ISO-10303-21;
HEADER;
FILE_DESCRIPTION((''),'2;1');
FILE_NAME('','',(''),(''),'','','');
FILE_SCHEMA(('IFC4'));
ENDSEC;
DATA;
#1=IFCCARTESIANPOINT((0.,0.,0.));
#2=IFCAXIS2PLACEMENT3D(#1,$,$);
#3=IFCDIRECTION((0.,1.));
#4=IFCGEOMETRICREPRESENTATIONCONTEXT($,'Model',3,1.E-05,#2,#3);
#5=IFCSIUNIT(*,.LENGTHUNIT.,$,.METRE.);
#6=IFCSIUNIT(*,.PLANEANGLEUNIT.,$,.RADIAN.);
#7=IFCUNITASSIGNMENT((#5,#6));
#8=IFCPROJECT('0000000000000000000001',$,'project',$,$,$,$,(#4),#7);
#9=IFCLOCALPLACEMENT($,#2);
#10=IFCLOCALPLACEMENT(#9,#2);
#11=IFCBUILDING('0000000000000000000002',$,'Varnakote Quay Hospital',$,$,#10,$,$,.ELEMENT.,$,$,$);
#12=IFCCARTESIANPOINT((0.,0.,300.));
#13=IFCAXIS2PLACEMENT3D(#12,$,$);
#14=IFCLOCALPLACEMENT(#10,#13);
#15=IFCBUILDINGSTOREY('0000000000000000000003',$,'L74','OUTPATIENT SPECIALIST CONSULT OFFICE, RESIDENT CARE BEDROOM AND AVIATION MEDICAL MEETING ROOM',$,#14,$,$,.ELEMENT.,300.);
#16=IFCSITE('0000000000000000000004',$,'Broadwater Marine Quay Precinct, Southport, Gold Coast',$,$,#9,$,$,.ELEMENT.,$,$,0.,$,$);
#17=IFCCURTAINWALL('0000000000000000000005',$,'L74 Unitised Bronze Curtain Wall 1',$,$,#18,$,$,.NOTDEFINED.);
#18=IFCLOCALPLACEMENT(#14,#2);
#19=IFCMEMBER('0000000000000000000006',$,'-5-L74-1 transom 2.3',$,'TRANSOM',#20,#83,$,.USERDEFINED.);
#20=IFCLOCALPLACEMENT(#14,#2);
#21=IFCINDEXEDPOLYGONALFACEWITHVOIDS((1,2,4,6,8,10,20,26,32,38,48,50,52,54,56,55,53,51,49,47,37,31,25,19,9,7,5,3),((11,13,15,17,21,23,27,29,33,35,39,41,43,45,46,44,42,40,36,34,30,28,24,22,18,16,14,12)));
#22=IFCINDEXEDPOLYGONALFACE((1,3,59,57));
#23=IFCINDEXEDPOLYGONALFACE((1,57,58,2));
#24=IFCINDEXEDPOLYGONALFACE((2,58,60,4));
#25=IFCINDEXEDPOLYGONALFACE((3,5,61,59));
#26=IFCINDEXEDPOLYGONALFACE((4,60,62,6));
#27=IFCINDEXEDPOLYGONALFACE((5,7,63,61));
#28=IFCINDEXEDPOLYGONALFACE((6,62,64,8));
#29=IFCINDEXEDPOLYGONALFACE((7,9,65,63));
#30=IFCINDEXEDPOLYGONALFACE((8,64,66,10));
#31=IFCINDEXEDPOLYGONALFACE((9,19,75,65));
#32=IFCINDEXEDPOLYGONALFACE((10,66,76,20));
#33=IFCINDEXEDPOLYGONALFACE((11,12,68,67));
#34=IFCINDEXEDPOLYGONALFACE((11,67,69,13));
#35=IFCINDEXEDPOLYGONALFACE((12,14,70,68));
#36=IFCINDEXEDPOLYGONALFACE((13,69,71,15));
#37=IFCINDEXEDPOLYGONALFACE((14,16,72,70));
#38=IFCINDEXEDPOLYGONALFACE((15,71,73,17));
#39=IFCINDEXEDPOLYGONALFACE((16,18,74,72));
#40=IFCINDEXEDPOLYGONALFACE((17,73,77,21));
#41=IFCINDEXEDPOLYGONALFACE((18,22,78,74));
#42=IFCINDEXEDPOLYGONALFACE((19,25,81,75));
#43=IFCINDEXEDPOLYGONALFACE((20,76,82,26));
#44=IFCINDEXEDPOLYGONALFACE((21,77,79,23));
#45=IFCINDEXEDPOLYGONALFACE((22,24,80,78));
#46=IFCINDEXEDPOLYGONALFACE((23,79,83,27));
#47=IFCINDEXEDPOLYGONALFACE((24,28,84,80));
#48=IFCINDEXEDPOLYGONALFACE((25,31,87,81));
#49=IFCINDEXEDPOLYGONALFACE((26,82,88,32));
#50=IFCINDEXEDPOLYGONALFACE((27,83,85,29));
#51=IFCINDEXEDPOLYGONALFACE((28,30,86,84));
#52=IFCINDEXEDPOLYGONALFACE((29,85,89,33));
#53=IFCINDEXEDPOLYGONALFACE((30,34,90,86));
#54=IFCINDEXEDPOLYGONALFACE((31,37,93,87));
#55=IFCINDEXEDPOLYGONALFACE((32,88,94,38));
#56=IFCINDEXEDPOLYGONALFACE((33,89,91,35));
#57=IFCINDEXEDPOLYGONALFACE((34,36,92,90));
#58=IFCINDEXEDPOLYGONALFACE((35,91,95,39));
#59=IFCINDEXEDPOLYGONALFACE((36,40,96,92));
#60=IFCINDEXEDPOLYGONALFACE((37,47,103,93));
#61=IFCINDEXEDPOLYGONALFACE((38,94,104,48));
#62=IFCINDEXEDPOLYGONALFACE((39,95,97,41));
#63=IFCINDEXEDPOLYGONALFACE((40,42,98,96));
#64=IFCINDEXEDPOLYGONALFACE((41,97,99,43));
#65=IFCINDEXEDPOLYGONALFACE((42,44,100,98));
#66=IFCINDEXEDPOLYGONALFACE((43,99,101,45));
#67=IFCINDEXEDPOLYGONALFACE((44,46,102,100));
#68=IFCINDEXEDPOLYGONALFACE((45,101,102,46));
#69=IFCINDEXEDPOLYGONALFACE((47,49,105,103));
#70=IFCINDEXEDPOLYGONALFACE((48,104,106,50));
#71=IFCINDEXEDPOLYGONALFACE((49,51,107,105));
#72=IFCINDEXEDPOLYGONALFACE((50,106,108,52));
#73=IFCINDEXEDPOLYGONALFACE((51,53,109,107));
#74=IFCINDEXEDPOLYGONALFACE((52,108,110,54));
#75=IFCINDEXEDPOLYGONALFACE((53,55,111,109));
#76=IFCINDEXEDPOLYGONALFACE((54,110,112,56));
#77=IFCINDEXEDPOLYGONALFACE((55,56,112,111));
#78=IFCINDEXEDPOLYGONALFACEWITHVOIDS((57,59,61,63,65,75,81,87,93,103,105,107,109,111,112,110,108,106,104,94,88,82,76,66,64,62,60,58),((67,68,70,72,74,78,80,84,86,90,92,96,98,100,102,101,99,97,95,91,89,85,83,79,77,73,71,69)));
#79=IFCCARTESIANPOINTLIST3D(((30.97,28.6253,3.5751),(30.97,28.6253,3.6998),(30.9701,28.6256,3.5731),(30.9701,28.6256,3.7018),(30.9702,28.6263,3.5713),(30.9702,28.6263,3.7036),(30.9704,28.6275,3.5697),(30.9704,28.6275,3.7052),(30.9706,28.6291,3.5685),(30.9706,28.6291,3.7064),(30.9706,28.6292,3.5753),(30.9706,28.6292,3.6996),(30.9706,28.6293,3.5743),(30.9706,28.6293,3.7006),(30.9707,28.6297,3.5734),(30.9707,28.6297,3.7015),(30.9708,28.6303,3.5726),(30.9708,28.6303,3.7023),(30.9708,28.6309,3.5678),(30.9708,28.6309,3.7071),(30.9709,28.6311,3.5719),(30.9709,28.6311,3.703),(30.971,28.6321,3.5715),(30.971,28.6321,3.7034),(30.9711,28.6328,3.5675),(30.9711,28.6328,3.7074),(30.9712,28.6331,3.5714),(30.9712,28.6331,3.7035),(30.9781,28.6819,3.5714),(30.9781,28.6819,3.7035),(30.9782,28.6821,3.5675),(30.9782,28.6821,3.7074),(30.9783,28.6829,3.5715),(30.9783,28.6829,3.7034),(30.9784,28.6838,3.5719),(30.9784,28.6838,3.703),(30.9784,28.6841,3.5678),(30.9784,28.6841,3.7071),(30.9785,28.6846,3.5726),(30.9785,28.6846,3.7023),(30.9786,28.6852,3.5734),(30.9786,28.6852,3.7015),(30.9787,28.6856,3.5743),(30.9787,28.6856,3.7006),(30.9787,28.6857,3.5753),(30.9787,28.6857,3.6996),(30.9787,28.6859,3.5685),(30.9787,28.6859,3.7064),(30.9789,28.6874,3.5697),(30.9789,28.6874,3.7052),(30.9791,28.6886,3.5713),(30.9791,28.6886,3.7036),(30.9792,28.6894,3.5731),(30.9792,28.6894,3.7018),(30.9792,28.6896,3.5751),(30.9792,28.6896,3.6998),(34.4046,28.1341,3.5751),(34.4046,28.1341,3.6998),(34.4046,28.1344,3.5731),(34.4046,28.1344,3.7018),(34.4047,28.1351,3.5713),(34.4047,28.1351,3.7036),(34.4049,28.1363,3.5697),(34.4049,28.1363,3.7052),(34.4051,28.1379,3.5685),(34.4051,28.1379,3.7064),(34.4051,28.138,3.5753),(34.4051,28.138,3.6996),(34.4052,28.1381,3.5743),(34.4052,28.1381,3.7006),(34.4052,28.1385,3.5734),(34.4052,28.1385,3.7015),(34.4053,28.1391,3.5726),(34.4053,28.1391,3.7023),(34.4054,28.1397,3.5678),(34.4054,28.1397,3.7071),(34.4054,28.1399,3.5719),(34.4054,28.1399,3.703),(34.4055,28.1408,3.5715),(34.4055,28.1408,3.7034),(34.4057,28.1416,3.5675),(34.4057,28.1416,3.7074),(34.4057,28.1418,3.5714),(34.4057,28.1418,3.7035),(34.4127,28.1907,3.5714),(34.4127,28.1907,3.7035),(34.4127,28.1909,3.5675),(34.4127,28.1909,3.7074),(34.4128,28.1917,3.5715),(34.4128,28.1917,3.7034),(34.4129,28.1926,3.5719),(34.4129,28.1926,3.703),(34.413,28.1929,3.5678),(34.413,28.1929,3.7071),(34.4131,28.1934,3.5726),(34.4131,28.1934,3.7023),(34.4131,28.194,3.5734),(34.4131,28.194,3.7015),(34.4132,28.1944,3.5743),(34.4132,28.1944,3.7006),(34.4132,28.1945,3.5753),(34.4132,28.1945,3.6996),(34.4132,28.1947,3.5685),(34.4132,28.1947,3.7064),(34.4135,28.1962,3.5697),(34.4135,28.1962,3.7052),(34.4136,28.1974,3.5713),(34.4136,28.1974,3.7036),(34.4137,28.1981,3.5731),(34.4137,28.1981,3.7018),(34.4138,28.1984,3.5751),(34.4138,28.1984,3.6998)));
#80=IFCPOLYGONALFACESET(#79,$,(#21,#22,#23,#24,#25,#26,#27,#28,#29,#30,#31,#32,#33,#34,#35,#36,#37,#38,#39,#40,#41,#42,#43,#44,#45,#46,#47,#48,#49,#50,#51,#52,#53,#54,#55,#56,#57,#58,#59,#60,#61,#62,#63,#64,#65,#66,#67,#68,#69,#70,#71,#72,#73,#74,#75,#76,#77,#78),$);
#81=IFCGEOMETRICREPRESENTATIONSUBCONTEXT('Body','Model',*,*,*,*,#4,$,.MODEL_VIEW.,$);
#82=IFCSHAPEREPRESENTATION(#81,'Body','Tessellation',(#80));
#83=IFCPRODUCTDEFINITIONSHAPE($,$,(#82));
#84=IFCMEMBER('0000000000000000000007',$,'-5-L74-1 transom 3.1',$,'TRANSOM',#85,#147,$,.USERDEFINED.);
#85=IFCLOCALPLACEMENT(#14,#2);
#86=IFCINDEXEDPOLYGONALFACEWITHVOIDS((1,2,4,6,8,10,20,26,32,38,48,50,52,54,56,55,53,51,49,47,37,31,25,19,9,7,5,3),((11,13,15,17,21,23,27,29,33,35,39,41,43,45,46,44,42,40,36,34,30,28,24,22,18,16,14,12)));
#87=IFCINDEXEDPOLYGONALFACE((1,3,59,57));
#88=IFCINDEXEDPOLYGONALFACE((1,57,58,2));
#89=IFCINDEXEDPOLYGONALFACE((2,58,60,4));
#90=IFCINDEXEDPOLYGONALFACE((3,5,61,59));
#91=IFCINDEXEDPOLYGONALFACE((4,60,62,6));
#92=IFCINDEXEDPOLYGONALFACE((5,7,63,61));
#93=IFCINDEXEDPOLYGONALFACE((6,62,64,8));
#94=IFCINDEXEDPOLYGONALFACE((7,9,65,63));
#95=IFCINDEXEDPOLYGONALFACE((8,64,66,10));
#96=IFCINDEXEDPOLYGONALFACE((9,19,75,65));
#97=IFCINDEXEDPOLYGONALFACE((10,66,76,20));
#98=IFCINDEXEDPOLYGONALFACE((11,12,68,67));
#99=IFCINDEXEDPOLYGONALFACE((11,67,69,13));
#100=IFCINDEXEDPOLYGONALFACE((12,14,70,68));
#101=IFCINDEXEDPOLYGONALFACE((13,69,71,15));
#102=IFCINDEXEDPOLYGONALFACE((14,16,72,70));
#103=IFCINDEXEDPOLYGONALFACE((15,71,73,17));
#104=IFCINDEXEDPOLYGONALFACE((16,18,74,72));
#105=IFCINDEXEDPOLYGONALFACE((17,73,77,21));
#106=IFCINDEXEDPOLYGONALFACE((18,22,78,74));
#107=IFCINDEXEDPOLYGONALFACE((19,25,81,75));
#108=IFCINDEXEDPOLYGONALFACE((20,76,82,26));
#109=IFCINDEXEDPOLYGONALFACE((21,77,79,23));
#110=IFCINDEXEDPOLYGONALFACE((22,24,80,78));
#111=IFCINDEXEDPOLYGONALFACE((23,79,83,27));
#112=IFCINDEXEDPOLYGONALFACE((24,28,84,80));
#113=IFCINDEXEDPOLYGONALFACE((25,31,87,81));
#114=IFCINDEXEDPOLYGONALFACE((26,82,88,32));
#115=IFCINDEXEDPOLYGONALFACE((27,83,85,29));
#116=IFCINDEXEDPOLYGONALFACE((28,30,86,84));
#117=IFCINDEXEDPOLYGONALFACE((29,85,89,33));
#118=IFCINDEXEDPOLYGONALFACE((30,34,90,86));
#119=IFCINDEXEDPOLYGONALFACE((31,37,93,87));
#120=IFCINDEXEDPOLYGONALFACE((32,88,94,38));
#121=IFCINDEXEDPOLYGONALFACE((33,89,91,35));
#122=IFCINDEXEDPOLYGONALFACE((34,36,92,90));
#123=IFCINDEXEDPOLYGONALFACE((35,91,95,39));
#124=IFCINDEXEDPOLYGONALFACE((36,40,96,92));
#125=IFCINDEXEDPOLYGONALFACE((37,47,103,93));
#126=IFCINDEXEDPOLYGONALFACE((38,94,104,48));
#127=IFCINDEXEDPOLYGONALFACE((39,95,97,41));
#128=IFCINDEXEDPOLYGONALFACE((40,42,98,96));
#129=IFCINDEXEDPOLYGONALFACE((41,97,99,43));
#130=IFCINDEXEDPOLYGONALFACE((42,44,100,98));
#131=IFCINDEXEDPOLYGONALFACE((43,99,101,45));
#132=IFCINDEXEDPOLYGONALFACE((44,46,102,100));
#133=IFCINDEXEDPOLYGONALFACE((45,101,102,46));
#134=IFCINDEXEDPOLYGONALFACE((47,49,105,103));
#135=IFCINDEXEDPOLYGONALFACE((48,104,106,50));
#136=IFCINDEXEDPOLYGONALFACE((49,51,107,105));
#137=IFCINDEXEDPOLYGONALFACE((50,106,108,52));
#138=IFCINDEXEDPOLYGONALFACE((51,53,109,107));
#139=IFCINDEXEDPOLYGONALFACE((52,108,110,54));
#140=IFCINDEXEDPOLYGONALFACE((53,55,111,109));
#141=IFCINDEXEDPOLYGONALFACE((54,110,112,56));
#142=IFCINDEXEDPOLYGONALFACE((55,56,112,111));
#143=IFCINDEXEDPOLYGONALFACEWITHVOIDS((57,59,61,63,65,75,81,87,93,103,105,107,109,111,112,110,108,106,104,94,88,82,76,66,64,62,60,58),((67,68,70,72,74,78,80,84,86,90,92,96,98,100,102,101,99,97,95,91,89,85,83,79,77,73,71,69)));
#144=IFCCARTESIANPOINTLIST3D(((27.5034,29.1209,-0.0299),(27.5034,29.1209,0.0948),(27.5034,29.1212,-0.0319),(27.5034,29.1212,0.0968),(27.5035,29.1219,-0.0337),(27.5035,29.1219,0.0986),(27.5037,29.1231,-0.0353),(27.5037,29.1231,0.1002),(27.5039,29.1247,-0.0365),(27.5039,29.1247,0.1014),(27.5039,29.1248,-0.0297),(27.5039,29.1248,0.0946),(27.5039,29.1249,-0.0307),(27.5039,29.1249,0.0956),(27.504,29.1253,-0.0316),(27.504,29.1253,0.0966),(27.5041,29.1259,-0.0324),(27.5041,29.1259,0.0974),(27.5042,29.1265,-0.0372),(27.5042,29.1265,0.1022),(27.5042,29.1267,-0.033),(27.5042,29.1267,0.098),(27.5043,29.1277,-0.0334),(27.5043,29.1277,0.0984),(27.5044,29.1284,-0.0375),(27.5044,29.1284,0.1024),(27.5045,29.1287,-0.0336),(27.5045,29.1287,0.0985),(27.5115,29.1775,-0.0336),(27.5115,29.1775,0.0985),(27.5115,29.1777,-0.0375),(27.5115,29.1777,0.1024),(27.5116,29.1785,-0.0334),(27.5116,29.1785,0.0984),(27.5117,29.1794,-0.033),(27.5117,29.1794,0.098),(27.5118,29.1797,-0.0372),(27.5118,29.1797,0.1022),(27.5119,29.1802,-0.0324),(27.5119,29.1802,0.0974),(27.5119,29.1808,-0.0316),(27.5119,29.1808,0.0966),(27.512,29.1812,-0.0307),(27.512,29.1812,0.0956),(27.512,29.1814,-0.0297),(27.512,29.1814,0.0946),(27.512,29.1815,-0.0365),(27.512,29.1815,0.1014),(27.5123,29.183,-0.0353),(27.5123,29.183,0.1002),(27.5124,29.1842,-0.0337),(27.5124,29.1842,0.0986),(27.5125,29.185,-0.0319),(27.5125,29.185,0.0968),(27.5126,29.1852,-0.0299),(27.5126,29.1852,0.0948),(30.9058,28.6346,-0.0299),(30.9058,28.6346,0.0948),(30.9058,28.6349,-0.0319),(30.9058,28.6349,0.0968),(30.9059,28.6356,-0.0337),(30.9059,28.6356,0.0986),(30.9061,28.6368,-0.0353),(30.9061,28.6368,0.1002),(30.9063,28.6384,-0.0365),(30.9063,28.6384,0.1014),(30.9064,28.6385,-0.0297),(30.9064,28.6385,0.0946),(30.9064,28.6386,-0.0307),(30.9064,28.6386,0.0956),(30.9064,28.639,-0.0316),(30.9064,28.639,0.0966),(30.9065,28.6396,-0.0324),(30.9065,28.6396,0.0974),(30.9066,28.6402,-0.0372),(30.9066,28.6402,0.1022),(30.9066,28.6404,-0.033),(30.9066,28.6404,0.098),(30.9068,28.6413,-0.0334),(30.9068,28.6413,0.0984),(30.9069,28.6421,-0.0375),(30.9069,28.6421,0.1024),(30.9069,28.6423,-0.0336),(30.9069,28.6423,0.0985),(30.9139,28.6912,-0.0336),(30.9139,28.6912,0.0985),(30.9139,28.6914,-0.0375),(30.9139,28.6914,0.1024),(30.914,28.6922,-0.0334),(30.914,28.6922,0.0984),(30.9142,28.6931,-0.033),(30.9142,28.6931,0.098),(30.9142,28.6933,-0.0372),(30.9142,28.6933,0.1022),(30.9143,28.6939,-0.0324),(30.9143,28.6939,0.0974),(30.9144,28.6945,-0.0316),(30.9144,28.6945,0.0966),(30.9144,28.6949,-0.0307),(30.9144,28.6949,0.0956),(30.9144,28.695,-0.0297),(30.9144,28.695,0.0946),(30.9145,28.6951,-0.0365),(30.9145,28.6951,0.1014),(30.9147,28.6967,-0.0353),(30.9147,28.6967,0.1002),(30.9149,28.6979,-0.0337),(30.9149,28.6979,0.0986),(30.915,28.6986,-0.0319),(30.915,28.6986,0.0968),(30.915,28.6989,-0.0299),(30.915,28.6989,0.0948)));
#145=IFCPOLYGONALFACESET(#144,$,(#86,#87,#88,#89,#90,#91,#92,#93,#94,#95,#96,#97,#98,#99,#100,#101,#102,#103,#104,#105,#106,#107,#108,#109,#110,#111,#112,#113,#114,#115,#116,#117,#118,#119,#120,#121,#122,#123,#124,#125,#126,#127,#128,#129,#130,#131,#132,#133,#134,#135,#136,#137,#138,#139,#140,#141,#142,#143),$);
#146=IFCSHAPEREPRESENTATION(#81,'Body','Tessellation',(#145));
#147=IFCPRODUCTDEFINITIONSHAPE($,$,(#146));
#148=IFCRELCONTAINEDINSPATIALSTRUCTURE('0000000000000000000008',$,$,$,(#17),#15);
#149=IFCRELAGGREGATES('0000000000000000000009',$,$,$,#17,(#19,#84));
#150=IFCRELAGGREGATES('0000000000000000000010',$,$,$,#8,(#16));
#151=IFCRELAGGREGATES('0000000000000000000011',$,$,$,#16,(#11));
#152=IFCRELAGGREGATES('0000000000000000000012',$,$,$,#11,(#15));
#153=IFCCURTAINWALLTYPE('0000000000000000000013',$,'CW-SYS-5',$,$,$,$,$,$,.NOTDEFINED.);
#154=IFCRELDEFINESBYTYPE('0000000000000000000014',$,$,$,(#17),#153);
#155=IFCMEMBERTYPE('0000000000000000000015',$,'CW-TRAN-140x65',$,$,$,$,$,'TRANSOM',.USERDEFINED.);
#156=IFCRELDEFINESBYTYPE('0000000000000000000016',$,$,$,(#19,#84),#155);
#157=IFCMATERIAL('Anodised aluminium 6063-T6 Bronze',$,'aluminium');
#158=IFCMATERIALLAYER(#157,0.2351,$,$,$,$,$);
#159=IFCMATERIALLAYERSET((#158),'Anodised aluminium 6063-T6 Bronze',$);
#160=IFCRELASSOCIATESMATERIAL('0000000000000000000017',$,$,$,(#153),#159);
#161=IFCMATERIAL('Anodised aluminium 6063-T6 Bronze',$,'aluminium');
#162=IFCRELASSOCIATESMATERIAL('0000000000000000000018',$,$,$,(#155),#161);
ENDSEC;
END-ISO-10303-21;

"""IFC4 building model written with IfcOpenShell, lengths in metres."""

from ifc_helpers import new_model, si_unit, direction, frame, origin, origin_2d, place, context, subcontext, project, spatial, hollow_rectangle, extrude, material, layer, layer_set, material_profile, profile_set, type_object, element, aggregate, save


model = new_model("IFC4")

# Units and contexts
model_context = context("Model", 3, precision=1e-05, world=origin(), true_north=direction((0.0, 1.0)))
body_context = subcontext(model_context, "Body", "Model", "MODEL_VIEW")
ifc_project = project(units=[si_unit("LENGTHUNIT", "METRE"), si_unit("PLANEANGLEUNIT", "RADIAN")], contexts=[model_context])

# Site, building, storey
site_placement = place(None, origin())
site = spatial("IfcSite", under=ifc_project, at=site_placement, Name="Broadwater Marine Quay Precinct, Southport, Gold Coast", CompositionType="ELEMENT", RefElevation=0.0)
building_placement = place(site_placement, origin())
building = spatial("IfcBuilding", under=site, at=building_placement, Name="Varnakote Quay Hospital", CompositionType="ELEMENT")
storey_placement = place(building_placement, frame((0.0, 0.0, 300.0)))
storey = spatial("IfcBuildingStorey", under=building, at=storey_placement, Name="L74", Description="OUTPATIENT SPECIALIST CONSULT OFFICE, RESIDENT CARE BEDROOM AND AVIATION MEDICAL MEETING ROOM", CompositionType="ELEMENT", Elevation=300.0)

# Curtain wall, members
ifc_material_1 = material(Name="Anodised aluminium 6063-T6 Bronze", Category="aluminium")
ifc_layer_1 = layer(ifc_material_1, 0.2351)
ifc_layer_set_1 = layer_set([ifc_layer_1], Name="Anodised aluminium 6063-T6 Bronze")
curtain_wall_type = type_object("IfcCurtainWallType", Name="CW-SYS-5", PredefinedType="NOTDEFINED", material=ifc_layer_set_1)
curtain_wall_placement = place(storey_placement, origin())
curtain_wall = element("IfcCurtainWall", 1, at=curtain_wall_placement, inside=storey, type_object=curtain_wall_type, Name="L74 Unitised Bronze Curtain Wall 1", PredefinedType="NOTDEFINED")
ifc_material_2 = material(Name="Anodised aluminium 6063-T6 Bronze", Category="aluminium")
ifc_material_profile_1 = material_profile(ifc_material_2, hollow_rectangle(XDim=0.0649, YDim=0.1399, WallThickness=0.0039, InnerFilletRadius=0.0039, OuterFilletRadius=0.0076, at=origin_2d()), Name="CW-TRAN-140x65")
ifc_profile_set_1 = profile_set([ifc_material_profile_1], Name="Anodised aluminium 6063-T6 Bronze")
member_type_1 = type_object("IfcMemberType", Name="CW-TRAN-140x65", ElementType="TRANSOM", PredefinedType="USERDEFINED", material=ifc_profile_set_1)
member_1_placement = place(storey_placement, frame((34.4092, 28.1663, 3.6375), z_axis=(-0.989927, 0.141579, 0.0), x_axis=(-0.141579, -0.989927, 0.0)))
member_1 = element("IfcMember", 2, at=member_1_placement, type_object=member_type_1, Name="-5-L74-1 transom 2.3", ObjectType="TRANSOM", PredefinedType="USERDEFINED", context=body_context, shape_type="SweptSolid", body=[
    extrude(hollow_rectangle(XDim=0.0649, YDim=0.1399, WallThickness=0.0039, InnerFilletRadius=0.0039, OuterFilletRadius=0.0076, at=origin_2d()), origin(), (0.0, 0.0, 1.0), 3.4695),
])
member_2_placement = place(storey_placement, frame((30.9104, 28.6667, 0.0325), z_axis=(-0.989938, 0.141501, 0.0), x_axis=(-0.141501, -0.989938, 0.0)))
member_2 = element("IfcMember", 3, at=member_2_placement, type_object=member_type_1, Name="-5-L74-1 transom 3.1", ObjectType="TRANSOM", PredefinedType="USERDEFINED", context=body_context, shape_type="SweptSolid", body=[
    extrude(hollow_rectangle(XDim=0.0649, YDim=0.1399, WallThickness=0.0039, InnerFilletRadius=0.0039, OuterFilletRadius=0.0076, at=origin_2d()), origin(), (0.0, 0.0, 1.0), 3.437),
])
aggregate(curtain_wall, [member_1, member_2])

save(model, "model.ifc")
